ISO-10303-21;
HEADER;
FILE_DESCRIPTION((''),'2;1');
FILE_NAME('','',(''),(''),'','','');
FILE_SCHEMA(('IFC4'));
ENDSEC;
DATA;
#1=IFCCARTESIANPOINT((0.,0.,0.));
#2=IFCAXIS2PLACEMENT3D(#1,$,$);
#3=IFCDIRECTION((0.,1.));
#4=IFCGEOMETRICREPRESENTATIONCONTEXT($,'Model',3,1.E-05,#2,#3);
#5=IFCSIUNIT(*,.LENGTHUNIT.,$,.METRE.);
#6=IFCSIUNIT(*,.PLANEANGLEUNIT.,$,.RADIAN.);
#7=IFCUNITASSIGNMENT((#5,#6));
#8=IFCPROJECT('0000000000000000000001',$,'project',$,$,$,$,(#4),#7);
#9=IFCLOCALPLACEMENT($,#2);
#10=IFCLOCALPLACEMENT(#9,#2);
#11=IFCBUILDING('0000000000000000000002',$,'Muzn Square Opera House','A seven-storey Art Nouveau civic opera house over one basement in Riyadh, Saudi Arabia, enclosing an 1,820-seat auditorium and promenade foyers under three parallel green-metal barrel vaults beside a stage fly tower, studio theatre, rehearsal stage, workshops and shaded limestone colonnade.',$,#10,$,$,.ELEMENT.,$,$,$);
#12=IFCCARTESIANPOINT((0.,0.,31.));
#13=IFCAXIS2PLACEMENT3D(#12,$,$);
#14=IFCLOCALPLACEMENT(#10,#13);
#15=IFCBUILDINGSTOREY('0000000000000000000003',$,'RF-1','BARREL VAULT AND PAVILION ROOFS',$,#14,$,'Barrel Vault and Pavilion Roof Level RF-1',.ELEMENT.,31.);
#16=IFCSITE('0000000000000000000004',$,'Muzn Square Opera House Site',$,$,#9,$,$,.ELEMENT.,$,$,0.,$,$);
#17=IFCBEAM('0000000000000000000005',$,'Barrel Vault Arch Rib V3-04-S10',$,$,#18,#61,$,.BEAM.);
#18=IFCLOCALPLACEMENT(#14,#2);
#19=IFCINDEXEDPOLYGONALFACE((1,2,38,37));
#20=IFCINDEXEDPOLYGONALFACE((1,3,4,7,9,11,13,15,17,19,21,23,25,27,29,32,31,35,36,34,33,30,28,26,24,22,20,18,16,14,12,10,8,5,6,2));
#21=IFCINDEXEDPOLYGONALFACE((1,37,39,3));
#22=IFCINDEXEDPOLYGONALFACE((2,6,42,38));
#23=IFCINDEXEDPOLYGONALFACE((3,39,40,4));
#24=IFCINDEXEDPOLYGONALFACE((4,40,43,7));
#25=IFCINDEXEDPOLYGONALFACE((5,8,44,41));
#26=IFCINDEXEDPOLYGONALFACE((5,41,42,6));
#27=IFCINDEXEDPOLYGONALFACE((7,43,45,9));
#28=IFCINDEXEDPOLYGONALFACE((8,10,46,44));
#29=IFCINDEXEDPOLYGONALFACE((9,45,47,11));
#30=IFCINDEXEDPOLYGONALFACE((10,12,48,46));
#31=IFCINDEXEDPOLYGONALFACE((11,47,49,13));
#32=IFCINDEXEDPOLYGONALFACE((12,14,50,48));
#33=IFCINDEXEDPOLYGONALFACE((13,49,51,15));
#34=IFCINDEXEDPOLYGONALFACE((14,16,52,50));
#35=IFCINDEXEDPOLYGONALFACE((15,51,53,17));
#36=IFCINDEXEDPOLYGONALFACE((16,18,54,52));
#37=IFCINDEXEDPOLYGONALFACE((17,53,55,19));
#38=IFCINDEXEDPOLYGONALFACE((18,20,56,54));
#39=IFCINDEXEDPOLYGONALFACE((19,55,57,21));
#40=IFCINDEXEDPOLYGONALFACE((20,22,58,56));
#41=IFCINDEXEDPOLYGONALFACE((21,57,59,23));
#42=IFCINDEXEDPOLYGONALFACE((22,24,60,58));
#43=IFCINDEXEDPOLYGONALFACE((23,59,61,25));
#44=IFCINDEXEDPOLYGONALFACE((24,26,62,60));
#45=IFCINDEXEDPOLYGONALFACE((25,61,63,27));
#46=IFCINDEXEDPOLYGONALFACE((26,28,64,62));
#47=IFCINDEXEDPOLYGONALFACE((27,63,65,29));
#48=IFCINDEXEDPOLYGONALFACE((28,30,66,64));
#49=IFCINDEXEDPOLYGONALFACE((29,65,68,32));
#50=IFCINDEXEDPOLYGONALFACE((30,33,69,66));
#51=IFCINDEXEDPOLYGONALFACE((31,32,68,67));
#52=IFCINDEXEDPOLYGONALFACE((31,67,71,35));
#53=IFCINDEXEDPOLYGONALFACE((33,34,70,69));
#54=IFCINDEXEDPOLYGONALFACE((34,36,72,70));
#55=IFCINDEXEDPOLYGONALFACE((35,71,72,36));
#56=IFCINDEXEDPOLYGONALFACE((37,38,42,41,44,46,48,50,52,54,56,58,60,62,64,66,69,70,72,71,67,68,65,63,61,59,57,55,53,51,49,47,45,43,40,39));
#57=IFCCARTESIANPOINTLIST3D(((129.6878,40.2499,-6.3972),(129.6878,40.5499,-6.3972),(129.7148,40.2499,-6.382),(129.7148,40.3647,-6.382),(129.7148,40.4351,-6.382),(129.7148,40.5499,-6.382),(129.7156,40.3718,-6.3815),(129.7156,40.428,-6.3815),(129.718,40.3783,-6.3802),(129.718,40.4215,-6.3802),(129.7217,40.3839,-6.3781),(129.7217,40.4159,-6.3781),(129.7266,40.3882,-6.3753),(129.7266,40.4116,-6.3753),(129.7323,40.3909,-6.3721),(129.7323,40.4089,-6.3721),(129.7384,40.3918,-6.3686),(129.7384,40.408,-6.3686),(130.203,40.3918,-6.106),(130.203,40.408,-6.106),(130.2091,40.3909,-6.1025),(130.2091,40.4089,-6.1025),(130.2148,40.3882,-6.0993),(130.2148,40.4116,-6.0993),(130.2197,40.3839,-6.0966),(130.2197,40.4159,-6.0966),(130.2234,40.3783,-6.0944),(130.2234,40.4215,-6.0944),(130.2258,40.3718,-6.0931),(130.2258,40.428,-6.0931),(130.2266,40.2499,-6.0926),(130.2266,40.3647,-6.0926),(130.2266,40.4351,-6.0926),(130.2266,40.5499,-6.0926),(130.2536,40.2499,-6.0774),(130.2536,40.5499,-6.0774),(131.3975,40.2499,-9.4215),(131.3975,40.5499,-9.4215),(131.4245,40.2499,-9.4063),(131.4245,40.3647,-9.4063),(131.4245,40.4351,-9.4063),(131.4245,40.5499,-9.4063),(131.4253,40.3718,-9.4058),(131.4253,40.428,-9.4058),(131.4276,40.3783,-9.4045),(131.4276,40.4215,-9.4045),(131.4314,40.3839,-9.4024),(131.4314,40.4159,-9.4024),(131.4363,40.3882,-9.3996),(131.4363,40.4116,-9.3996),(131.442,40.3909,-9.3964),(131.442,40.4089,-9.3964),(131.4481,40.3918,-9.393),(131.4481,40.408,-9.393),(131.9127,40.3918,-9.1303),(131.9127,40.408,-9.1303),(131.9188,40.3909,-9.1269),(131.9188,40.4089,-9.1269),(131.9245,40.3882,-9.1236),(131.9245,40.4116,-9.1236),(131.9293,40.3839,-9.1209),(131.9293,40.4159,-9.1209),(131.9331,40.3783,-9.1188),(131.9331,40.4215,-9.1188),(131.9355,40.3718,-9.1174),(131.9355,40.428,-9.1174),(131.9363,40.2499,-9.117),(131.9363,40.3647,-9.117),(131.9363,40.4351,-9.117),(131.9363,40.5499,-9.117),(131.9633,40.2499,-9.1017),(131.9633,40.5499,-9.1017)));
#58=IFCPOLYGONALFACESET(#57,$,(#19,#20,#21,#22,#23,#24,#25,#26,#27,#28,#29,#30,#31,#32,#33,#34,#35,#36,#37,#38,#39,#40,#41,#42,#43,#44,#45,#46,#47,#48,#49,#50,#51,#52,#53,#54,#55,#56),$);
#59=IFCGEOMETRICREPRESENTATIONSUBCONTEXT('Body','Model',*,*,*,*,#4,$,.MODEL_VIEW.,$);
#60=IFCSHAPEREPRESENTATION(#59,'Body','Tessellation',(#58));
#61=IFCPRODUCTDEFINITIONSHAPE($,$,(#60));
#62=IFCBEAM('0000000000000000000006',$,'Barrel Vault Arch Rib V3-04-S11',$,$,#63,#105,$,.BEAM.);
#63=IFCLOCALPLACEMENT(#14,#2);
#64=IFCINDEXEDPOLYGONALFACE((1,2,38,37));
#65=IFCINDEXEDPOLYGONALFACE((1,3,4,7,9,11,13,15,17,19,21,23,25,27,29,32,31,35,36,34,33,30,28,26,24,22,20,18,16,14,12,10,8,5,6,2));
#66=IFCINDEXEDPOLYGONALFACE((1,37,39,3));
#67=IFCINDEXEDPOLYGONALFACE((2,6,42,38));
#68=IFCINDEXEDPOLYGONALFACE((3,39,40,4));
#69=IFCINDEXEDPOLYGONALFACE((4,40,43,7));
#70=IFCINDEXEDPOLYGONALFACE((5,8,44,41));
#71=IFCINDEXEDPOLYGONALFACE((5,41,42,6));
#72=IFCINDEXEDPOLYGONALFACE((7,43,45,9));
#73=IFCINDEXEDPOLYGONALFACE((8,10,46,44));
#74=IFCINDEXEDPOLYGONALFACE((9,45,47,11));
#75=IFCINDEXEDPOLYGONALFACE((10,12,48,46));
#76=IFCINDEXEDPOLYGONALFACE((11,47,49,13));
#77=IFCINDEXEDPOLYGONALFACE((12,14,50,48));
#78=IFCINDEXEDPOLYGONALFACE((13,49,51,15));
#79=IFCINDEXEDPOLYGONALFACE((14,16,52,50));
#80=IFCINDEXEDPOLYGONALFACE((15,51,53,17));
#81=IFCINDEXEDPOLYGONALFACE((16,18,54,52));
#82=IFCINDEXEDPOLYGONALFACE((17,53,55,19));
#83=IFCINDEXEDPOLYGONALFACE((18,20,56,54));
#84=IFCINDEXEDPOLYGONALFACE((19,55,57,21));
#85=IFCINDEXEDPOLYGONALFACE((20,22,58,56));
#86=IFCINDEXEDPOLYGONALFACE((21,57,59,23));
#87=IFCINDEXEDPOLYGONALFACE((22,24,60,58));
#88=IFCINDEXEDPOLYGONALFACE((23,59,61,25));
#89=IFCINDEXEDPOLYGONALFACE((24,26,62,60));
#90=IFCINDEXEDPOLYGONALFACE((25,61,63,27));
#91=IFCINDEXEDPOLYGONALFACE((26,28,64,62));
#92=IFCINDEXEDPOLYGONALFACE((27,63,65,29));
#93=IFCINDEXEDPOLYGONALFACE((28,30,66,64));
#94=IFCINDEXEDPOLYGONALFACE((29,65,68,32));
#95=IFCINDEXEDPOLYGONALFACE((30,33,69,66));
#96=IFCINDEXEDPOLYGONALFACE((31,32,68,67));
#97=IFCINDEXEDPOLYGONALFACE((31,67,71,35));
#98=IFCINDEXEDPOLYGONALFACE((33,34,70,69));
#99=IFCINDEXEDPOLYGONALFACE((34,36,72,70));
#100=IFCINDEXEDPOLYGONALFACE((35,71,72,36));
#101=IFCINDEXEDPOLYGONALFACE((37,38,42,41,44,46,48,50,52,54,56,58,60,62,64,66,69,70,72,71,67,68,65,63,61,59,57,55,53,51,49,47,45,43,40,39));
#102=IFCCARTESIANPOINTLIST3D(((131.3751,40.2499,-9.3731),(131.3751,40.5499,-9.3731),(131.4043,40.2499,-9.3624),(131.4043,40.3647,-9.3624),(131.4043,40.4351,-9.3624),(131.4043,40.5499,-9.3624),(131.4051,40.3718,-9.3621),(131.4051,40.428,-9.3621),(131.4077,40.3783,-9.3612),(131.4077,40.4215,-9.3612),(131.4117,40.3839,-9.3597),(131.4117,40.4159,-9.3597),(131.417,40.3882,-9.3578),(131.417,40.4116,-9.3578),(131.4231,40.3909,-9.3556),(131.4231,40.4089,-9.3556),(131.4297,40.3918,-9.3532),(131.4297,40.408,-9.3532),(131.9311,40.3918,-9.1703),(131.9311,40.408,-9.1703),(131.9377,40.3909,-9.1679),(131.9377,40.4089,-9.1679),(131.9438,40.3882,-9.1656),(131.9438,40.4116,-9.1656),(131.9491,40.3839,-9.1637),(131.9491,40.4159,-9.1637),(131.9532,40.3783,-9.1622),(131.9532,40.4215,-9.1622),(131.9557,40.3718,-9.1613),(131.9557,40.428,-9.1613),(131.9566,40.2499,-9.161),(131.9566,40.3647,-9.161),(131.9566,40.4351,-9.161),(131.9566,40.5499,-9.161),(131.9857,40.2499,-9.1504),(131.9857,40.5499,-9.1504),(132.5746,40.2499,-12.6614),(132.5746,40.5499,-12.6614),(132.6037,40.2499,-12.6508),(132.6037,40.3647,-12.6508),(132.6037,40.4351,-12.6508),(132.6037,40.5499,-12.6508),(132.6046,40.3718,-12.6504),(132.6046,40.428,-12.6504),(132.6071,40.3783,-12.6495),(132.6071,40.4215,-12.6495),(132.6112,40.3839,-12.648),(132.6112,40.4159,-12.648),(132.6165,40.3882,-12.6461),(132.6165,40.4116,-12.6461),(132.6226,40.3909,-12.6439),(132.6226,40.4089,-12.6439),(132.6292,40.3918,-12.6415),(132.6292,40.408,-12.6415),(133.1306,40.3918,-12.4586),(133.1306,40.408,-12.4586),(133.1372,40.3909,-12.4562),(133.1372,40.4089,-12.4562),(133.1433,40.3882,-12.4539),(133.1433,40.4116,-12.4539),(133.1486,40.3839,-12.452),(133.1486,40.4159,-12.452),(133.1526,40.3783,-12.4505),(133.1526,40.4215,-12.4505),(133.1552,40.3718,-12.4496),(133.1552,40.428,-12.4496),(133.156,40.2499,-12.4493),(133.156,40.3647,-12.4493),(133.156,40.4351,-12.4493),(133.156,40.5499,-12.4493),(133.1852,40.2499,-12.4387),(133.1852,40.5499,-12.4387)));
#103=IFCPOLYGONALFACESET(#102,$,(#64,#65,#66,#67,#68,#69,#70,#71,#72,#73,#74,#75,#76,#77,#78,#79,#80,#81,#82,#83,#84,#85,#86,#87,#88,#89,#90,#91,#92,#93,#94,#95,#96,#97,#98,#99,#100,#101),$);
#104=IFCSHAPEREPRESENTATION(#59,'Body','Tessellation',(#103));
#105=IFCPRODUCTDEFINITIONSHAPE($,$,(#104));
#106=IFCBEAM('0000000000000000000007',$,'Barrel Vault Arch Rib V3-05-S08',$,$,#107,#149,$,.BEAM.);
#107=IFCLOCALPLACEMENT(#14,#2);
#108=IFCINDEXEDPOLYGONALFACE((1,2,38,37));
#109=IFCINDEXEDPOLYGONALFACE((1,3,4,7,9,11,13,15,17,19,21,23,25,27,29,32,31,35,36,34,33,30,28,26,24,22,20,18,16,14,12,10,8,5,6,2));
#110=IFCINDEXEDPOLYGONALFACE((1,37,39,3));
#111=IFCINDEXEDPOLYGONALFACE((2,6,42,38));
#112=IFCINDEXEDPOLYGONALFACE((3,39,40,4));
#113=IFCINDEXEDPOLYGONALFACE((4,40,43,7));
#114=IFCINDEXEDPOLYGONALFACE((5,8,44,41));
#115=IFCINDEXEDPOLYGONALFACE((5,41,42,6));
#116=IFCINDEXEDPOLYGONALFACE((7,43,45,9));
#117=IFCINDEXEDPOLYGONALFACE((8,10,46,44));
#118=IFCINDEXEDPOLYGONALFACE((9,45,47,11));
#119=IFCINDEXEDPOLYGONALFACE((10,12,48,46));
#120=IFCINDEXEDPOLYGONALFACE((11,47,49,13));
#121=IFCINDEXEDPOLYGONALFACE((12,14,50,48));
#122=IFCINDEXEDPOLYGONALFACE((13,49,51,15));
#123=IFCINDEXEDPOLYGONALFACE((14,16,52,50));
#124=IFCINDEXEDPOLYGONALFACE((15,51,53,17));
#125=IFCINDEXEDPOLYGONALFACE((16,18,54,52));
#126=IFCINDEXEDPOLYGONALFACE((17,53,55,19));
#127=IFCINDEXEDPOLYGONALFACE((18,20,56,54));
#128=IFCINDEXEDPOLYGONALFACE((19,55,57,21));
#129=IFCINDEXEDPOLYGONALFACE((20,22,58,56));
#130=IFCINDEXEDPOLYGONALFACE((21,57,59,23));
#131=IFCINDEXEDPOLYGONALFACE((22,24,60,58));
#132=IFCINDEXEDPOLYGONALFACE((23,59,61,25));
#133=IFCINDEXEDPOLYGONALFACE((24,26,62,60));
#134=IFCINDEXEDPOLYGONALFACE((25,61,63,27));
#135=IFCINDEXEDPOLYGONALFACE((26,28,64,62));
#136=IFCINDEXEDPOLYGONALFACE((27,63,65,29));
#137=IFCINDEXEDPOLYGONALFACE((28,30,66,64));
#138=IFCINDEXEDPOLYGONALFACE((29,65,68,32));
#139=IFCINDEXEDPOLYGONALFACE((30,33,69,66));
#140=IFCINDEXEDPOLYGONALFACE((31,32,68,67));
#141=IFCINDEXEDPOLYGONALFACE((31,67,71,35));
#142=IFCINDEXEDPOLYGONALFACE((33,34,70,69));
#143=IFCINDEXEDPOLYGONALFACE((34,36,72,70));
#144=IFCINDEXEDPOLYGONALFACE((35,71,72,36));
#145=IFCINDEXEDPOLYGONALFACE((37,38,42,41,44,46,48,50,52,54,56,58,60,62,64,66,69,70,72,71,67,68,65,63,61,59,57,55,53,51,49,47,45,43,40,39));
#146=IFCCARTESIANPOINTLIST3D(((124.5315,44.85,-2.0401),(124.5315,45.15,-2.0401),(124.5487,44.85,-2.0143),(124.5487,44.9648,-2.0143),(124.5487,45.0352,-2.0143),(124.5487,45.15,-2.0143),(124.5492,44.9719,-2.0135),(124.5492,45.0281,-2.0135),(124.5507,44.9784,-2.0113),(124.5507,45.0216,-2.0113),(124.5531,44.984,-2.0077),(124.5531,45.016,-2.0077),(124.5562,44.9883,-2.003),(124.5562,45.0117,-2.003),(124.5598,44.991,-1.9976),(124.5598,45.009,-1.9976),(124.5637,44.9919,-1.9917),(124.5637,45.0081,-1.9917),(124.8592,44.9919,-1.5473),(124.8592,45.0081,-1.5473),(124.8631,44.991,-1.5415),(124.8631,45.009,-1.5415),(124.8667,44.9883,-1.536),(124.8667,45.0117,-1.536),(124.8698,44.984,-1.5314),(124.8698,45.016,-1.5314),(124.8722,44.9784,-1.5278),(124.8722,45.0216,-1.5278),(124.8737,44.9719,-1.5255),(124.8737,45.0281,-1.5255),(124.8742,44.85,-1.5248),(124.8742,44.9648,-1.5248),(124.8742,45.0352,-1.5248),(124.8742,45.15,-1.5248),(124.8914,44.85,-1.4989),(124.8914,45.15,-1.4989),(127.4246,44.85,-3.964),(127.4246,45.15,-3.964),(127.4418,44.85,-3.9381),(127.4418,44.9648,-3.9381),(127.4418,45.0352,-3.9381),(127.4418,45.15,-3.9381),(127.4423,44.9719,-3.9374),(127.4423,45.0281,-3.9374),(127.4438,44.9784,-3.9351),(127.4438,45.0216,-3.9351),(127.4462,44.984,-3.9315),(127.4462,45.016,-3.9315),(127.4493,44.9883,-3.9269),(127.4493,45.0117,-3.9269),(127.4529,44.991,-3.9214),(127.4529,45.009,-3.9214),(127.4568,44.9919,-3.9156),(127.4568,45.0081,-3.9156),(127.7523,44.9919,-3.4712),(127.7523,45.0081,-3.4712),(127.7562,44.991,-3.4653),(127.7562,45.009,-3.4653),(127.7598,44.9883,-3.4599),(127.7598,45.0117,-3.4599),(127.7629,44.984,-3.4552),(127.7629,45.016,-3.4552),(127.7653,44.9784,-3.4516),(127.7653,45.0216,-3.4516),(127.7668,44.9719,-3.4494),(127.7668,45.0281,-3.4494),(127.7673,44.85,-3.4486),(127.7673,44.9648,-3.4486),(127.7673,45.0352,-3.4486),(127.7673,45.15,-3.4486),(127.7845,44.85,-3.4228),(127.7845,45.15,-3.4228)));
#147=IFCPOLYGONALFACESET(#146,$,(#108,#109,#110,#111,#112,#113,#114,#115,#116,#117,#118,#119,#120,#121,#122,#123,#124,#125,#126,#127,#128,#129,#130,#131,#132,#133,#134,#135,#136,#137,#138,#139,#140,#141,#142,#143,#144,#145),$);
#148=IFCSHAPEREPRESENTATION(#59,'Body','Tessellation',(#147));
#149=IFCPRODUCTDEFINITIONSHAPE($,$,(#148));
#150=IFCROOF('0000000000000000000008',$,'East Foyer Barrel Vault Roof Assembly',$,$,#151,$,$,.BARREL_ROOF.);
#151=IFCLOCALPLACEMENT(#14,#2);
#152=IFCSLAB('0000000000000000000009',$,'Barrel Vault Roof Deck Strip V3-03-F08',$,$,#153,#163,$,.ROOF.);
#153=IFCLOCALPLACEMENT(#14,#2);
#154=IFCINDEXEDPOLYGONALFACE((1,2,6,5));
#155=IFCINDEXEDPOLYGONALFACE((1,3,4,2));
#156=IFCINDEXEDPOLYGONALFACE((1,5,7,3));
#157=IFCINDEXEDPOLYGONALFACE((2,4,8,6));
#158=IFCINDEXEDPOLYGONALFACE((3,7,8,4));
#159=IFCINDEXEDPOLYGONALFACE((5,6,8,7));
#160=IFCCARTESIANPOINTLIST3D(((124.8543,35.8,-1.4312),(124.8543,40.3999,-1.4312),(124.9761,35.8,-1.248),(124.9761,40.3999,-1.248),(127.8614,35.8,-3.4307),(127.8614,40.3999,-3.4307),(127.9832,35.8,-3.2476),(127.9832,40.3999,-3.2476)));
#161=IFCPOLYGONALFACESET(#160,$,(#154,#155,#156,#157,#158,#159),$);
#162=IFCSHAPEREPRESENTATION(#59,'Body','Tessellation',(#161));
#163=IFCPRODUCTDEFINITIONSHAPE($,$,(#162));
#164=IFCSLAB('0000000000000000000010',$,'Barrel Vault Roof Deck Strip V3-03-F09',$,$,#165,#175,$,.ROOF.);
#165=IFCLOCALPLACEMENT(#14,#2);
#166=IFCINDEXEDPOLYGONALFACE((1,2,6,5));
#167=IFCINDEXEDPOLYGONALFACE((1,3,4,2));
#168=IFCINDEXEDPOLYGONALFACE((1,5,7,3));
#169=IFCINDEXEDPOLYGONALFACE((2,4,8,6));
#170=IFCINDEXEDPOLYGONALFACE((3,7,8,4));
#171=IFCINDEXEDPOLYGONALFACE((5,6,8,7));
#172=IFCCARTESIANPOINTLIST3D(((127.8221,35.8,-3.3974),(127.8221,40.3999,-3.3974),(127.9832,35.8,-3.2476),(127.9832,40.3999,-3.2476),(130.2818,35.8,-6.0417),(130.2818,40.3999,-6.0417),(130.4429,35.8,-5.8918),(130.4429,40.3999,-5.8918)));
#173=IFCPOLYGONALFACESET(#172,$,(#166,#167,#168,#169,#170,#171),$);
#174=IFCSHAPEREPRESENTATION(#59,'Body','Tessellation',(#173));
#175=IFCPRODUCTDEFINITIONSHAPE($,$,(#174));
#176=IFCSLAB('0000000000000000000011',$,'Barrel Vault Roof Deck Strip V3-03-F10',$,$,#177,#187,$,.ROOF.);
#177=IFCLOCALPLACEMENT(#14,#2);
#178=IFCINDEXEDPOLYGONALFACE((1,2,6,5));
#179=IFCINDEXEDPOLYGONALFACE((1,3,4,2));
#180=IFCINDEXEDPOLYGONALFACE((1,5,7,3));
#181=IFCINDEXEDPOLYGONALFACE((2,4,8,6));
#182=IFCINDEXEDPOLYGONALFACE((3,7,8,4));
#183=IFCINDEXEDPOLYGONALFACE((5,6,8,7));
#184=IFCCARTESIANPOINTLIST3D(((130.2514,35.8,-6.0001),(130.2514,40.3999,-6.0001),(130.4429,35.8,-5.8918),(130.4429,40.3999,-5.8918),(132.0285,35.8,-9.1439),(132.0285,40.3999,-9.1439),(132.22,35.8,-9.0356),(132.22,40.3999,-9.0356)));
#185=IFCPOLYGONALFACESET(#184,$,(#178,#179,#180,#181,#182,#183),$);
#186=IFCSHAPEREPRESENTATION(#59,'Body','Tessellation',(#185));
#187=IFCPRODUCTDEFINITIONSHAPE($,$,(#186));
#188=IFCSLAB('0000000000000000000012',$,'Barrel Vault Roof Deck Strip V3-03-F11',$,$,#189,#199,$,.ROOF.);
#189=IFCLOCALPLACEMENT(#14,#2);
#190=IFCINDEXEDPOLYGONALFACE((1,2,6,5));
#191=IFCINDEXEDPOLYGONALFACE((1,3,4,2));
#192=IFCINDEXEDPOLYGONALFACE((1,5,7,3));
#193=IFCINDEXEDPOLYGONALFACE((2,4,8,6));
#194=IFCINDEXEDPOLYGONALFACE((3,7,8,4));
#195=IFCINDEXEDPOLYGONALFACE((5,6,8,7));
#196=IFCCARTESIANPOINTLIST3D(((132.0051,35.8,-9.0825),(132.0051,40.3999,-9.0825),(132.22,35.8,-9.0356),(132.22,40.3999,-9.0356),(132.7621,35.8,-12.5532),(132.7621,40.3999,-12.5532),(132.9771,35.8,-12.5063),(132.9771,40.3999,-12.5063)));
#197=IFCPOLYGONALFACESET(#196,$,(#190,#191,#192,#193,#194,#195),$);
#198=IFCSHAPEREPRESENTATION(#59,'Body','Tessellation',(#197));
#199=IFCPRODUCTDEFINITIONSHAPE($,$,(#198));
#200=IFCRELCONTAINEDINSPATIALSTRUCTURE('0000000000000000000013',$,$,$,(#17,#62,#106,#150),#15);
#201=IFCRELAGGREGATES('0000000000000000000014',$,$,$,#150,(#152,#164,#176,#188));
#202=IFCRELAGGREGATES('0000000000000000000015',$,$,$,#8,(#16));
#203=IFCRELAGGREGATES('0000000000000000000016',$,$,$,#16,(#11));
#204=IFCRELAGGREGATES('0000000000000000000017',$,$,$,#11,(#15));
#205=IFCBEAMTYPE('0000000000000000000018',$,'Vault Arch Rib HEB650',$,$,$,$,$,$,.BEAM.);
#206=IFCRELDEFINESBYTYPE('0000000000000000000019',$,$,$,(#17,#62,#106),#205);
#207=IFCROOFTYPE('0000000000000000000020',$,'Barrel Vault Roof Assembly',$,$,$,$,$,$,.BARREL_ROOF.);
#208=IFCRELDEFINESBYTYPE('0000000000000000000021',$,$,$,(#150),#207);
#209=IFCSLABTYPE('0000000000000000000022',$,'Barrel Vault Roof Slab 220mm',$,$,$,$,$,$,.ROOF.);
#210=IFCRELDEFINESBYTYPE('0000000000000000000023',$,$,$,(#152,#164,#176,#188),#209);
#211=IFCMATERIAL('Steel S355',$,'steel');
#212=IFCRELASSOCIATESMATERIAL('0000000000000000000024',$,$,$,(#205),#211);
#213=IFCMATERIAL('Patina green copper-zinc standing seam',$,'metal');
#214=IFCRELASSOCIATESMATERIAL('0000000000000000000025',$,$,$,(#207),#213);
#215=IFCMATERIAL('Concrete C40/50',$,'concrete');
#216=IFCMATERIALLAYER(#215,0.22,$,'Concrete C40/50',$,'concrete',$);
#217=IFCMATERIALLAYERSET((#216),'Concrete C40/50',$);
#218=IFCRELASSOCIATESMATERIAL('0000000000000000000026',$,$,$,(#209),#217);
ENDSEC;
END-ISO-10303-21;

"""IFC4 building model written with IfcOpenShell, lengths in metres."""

from ifc_helpers import new_model, si_unit, direction, frame, origin, origin_2d, place, context, subcontext, project, spatial, polyline, i_section, outline, extrude, material, layer, layer_set, material_profile, profile_set, type_object, element, aggregate, save


model = new_model("IFC4")

# Units and contexts
model_context = context("Model", 3, precision=1e-05, world=origin(), true_north=direction((0.0, 1.0)))
body_context = subcontext(model_context, "Body", "Model", "MODEL_VIEW")
ifc_project = project(units=[si_unit("LENGTHUNIT", "METRE"), si_unit("PLANEANGLEUNIT", "RADIAN")], contexts=[model_context])

# Site, building, storey
site_placement = place(None, origin())
site = spatial("IfcSite", under=ifc_project, at=site_placement, Name="Muzn Square Opera House Site", CompositionType="ELEMENT", RefElevation=0.0)
building_placement = place(site_placement, origin())
building = spatial("IfcBuilding", under=site, at=building_placement, Name="Muzn Square Opera House", Description="A seven-storey Art Nouveau civic opera house over one basement in Riyadh, Saudi Arabia, enclosing an 1,820-seat auditorium and promenade foyers under three parallel green-metal barrel vaults beside a stage fly tower, studio theatre, rehearsal stage, workshops and shaded limestone colonnade.", CompositionType="ELEMENT")
storey_placement = place(building_placement, frame((0.0, 0.0, 31.0)))
storey = spatial("IfcBuildingStorey", under=building, at=storey_placement, Name="RF-1", Description="BARREL VAULT AND PAVILION ROOFS", LongName="Barrel Vault and Pavilion Roof Level RF-1", CompositionType="ELEMENT", Elevation=31.0)

# Beams
ifc_material_1 = material(Name="Steel S355", Category="steel")
ifc_material_profile_1 = material_profile(ifc_material_1, i_section(OverallWidth=0.3, OverallDepth=0.6499, WebThickness=0.0161, FlangeThickness=0.031, FilletRadius=0.0271, at=origin_2d()), Name="HEB 650", Category="steel")
ifc_profile_set_1 = profile_set([ifc_material_profile_1], Name="Steel S355")
beam_type_1 = type_object("IfcBeamType", Name="Vault Arch Rib HEB650", PredefinedType="BEAM", material=ifc_profile_set_1)
beam_1_placement = place(storey_placement, frame((129.9707, 40.3999, -6.2373), z_axis=(0.492115, 0.0, -0.87053), x_axis=(0.0, 1.0, 0.0)))
element("IfcBeam", 1, at=beam_1_placement, inside=storey, type_object=beam_type_1, Name="Barrel Vault Arch Rib V3-04-S10", PredefinedType="BEAM", context=body_context, shape_type="SweptSolid", body=[
    extrude(i_section(OverallWidth=0.3, OverallDepth=0.6499, WebThickness=0.0161, FlangeThickness=0.031, FilletRadius=0.0271, at=origin_2d()), origin(), (0.0, 0.0, 1.0), 3.4741),
])
beam_2_placement = place(storey_placement, frame((131.6804, 40.3999, -9.2617), z_axis=(0.342678, 0.0, -0.939453), x_axis=(0.0, 1.0, 0.0)))
element("IfcBeam", 2, at=beam_2_placement, inside=storey, type_object=beam_type_1, Name="Barrel Vault Arch Rib V3-04-S11", PredefinedType="BEAM", context=body_context, shape_type="SweptSolid", body=[
    extrude(i_section(OverallWidth=0.3, OverallDepth=0.6499, WebThickness=0.0161, FlangeThickness=0.031, FilletRadius=0.0271, at=origin_2d()), origin(), (0.0, 0.0, 1.0), 3.5002),
])
beam_3_placement = place(storey_placement, frame((124.7114, 45.0, -1.7695), z_axis=(0.832698, 0.0, -0.553727), x_axis=(0.0, 1.0, 0.0)))
element("IfcBeam", 3, at=beam_3_placement, inside=storey, type_object=beam_type_1, Name="Barrel Vault Arch Rib V3-05-S08", PredefinedType="BEAM", context=body_context, shape_type="SweptSolid", body=[
    extrude(i_section(OverallWidth=0.3, OverallDepth=0.6499, WebThickness=0.0161, FlangeThickness=0.031, FilletRadius=0.0271, at=origin_2d()), origin(), (0.0, 0.0, 1.0), 3.4744),
])

# Roof, slabs
ifc_material_2 = material(Name="Patina green copper-zinc standing seam", Category="metal")
roof_type = type_object("IfcRoofType", Name="Barrel Vault Roof Assembly", PredefinedType="BARREL_ROOF", material=ifc_material_2)
roof_placement = place(storey_placement, origin())
roof = element("IfcRoof", 4, at=roof_placement, inside=storey, type_object=roof_type, Name="East Foyer Barrel Vault Roof Assembly", PredefinedType="BARREL_ROOF")
ifc_material_3 = material(Name="Concrete C40/50", Category="concrete")
ifc_layer_1 = layer(ifc_material_3, 0.22, Name="Concrete C40/50", Category="concrete")
ifc_layer_set_1 = layer_set([ifc_layer_1], Name="Concrete C40/50")
slab_type = type_object("IfcSlabType", Name="Barrel Vault Roof Slab 220mm", PredefinedType="ROOF", material=ifc_layer_set_1)
slab_1_placement = place(storey_placement, frame((124.9761, 35.8, -1.248), z_axis=(0.553701, 0.0, 0.832715), x_axis=(0.832715, 0.0, -0.553701)))
slab_1 = element("IfcSlab", 5, at=slab_1_placement, type_object=slab_type, Name="Barrel Vault Roof Deck Strip V3-03-F08", PredefinedType="ROOF", context=body_context, shape_type="SweptSolid", body=[
    extrude(outline(polyline([(0.0, 0.0), (3.6112, 0.0), (3.6112, 4.5999), (0.0, 4.5999), (0.0, 0.0)])), origin(), (0.0, 0.0, -1.0), 0.22),
])
slab_2_placement = place(storey_placement, frame((127.9832, 35.8, -3.2476), z_axis=(0.732198, 0.0, 0.681091), x_axis=(0.681091, 0.0, -0.732198)))
slab_2 = element("IfcSlab", 6, at=slab_2_placement, type_object=slab_type, Name="Barrel Vault Roof Deck Strip V3-03-F09", PredefinedType="ROOF", context=body_context, shape_type="SweptSolid", body=[
    extrude(outline(polyline([(0.0, 0.0), (3.6114, 0.0), (3.6114, 4.5999), (0.0, 4.5999), (0.0, 0.0)])), origin(), (0.0, 0.0, -1.0), 0.22),
])
slab_3_placement = place(storey_placement, frame((130.4429, 35.8, -5.8918), z_axis=(0.870543, 0.0, 0.492093), x_axis=(0.492093, 0.0, -0.870543)))
slab_3 = element("IfcSlab", 7, at=slab_3_placement, type_object=slab_type, Name="Barrel Vault Roof Deck Strip V3-03-F10", PredefinedType="ROOF", context=body_context, shape_type="SweptSolid", body=[
    extrude(outline(polyline([(0.0, 0.0), (3.6113, 0.0), (3.6113, 4.5999), (0.0, 4.5999), (0.0, 0.0)])), origin(), (0.0, 0.0, -1.0), 0.22),
])
slab_4_placement = place(storey_placement, frame((132.22, 35.8, -9.0356), z_axis=(0.977025, 0.0, 0.213123), x_axis=(0.213123, 0.0, -0.977025)))
slab_4 = element("IfcSlab", 8, at=slab_4_placement, type_object=slab_type, Name="Barrel Vault Roof Deck Strip V3-03-F11", PredefinedType="ROOF", context=body_context, shape_type="SweptSolid", body=[
    extrude(outline(polyline([(0.0, 0.0), (3.5523, 0.0), (3.5523, 4.5999), (0.0, 4.5999), (0.0, 0.0)])), origin(), (0.0, 0.0, -1.0), 0.22),
])
aggregate(roof, [slab_1, slab_2, slab_3, slab_4])

save(model, "model.ifc")
